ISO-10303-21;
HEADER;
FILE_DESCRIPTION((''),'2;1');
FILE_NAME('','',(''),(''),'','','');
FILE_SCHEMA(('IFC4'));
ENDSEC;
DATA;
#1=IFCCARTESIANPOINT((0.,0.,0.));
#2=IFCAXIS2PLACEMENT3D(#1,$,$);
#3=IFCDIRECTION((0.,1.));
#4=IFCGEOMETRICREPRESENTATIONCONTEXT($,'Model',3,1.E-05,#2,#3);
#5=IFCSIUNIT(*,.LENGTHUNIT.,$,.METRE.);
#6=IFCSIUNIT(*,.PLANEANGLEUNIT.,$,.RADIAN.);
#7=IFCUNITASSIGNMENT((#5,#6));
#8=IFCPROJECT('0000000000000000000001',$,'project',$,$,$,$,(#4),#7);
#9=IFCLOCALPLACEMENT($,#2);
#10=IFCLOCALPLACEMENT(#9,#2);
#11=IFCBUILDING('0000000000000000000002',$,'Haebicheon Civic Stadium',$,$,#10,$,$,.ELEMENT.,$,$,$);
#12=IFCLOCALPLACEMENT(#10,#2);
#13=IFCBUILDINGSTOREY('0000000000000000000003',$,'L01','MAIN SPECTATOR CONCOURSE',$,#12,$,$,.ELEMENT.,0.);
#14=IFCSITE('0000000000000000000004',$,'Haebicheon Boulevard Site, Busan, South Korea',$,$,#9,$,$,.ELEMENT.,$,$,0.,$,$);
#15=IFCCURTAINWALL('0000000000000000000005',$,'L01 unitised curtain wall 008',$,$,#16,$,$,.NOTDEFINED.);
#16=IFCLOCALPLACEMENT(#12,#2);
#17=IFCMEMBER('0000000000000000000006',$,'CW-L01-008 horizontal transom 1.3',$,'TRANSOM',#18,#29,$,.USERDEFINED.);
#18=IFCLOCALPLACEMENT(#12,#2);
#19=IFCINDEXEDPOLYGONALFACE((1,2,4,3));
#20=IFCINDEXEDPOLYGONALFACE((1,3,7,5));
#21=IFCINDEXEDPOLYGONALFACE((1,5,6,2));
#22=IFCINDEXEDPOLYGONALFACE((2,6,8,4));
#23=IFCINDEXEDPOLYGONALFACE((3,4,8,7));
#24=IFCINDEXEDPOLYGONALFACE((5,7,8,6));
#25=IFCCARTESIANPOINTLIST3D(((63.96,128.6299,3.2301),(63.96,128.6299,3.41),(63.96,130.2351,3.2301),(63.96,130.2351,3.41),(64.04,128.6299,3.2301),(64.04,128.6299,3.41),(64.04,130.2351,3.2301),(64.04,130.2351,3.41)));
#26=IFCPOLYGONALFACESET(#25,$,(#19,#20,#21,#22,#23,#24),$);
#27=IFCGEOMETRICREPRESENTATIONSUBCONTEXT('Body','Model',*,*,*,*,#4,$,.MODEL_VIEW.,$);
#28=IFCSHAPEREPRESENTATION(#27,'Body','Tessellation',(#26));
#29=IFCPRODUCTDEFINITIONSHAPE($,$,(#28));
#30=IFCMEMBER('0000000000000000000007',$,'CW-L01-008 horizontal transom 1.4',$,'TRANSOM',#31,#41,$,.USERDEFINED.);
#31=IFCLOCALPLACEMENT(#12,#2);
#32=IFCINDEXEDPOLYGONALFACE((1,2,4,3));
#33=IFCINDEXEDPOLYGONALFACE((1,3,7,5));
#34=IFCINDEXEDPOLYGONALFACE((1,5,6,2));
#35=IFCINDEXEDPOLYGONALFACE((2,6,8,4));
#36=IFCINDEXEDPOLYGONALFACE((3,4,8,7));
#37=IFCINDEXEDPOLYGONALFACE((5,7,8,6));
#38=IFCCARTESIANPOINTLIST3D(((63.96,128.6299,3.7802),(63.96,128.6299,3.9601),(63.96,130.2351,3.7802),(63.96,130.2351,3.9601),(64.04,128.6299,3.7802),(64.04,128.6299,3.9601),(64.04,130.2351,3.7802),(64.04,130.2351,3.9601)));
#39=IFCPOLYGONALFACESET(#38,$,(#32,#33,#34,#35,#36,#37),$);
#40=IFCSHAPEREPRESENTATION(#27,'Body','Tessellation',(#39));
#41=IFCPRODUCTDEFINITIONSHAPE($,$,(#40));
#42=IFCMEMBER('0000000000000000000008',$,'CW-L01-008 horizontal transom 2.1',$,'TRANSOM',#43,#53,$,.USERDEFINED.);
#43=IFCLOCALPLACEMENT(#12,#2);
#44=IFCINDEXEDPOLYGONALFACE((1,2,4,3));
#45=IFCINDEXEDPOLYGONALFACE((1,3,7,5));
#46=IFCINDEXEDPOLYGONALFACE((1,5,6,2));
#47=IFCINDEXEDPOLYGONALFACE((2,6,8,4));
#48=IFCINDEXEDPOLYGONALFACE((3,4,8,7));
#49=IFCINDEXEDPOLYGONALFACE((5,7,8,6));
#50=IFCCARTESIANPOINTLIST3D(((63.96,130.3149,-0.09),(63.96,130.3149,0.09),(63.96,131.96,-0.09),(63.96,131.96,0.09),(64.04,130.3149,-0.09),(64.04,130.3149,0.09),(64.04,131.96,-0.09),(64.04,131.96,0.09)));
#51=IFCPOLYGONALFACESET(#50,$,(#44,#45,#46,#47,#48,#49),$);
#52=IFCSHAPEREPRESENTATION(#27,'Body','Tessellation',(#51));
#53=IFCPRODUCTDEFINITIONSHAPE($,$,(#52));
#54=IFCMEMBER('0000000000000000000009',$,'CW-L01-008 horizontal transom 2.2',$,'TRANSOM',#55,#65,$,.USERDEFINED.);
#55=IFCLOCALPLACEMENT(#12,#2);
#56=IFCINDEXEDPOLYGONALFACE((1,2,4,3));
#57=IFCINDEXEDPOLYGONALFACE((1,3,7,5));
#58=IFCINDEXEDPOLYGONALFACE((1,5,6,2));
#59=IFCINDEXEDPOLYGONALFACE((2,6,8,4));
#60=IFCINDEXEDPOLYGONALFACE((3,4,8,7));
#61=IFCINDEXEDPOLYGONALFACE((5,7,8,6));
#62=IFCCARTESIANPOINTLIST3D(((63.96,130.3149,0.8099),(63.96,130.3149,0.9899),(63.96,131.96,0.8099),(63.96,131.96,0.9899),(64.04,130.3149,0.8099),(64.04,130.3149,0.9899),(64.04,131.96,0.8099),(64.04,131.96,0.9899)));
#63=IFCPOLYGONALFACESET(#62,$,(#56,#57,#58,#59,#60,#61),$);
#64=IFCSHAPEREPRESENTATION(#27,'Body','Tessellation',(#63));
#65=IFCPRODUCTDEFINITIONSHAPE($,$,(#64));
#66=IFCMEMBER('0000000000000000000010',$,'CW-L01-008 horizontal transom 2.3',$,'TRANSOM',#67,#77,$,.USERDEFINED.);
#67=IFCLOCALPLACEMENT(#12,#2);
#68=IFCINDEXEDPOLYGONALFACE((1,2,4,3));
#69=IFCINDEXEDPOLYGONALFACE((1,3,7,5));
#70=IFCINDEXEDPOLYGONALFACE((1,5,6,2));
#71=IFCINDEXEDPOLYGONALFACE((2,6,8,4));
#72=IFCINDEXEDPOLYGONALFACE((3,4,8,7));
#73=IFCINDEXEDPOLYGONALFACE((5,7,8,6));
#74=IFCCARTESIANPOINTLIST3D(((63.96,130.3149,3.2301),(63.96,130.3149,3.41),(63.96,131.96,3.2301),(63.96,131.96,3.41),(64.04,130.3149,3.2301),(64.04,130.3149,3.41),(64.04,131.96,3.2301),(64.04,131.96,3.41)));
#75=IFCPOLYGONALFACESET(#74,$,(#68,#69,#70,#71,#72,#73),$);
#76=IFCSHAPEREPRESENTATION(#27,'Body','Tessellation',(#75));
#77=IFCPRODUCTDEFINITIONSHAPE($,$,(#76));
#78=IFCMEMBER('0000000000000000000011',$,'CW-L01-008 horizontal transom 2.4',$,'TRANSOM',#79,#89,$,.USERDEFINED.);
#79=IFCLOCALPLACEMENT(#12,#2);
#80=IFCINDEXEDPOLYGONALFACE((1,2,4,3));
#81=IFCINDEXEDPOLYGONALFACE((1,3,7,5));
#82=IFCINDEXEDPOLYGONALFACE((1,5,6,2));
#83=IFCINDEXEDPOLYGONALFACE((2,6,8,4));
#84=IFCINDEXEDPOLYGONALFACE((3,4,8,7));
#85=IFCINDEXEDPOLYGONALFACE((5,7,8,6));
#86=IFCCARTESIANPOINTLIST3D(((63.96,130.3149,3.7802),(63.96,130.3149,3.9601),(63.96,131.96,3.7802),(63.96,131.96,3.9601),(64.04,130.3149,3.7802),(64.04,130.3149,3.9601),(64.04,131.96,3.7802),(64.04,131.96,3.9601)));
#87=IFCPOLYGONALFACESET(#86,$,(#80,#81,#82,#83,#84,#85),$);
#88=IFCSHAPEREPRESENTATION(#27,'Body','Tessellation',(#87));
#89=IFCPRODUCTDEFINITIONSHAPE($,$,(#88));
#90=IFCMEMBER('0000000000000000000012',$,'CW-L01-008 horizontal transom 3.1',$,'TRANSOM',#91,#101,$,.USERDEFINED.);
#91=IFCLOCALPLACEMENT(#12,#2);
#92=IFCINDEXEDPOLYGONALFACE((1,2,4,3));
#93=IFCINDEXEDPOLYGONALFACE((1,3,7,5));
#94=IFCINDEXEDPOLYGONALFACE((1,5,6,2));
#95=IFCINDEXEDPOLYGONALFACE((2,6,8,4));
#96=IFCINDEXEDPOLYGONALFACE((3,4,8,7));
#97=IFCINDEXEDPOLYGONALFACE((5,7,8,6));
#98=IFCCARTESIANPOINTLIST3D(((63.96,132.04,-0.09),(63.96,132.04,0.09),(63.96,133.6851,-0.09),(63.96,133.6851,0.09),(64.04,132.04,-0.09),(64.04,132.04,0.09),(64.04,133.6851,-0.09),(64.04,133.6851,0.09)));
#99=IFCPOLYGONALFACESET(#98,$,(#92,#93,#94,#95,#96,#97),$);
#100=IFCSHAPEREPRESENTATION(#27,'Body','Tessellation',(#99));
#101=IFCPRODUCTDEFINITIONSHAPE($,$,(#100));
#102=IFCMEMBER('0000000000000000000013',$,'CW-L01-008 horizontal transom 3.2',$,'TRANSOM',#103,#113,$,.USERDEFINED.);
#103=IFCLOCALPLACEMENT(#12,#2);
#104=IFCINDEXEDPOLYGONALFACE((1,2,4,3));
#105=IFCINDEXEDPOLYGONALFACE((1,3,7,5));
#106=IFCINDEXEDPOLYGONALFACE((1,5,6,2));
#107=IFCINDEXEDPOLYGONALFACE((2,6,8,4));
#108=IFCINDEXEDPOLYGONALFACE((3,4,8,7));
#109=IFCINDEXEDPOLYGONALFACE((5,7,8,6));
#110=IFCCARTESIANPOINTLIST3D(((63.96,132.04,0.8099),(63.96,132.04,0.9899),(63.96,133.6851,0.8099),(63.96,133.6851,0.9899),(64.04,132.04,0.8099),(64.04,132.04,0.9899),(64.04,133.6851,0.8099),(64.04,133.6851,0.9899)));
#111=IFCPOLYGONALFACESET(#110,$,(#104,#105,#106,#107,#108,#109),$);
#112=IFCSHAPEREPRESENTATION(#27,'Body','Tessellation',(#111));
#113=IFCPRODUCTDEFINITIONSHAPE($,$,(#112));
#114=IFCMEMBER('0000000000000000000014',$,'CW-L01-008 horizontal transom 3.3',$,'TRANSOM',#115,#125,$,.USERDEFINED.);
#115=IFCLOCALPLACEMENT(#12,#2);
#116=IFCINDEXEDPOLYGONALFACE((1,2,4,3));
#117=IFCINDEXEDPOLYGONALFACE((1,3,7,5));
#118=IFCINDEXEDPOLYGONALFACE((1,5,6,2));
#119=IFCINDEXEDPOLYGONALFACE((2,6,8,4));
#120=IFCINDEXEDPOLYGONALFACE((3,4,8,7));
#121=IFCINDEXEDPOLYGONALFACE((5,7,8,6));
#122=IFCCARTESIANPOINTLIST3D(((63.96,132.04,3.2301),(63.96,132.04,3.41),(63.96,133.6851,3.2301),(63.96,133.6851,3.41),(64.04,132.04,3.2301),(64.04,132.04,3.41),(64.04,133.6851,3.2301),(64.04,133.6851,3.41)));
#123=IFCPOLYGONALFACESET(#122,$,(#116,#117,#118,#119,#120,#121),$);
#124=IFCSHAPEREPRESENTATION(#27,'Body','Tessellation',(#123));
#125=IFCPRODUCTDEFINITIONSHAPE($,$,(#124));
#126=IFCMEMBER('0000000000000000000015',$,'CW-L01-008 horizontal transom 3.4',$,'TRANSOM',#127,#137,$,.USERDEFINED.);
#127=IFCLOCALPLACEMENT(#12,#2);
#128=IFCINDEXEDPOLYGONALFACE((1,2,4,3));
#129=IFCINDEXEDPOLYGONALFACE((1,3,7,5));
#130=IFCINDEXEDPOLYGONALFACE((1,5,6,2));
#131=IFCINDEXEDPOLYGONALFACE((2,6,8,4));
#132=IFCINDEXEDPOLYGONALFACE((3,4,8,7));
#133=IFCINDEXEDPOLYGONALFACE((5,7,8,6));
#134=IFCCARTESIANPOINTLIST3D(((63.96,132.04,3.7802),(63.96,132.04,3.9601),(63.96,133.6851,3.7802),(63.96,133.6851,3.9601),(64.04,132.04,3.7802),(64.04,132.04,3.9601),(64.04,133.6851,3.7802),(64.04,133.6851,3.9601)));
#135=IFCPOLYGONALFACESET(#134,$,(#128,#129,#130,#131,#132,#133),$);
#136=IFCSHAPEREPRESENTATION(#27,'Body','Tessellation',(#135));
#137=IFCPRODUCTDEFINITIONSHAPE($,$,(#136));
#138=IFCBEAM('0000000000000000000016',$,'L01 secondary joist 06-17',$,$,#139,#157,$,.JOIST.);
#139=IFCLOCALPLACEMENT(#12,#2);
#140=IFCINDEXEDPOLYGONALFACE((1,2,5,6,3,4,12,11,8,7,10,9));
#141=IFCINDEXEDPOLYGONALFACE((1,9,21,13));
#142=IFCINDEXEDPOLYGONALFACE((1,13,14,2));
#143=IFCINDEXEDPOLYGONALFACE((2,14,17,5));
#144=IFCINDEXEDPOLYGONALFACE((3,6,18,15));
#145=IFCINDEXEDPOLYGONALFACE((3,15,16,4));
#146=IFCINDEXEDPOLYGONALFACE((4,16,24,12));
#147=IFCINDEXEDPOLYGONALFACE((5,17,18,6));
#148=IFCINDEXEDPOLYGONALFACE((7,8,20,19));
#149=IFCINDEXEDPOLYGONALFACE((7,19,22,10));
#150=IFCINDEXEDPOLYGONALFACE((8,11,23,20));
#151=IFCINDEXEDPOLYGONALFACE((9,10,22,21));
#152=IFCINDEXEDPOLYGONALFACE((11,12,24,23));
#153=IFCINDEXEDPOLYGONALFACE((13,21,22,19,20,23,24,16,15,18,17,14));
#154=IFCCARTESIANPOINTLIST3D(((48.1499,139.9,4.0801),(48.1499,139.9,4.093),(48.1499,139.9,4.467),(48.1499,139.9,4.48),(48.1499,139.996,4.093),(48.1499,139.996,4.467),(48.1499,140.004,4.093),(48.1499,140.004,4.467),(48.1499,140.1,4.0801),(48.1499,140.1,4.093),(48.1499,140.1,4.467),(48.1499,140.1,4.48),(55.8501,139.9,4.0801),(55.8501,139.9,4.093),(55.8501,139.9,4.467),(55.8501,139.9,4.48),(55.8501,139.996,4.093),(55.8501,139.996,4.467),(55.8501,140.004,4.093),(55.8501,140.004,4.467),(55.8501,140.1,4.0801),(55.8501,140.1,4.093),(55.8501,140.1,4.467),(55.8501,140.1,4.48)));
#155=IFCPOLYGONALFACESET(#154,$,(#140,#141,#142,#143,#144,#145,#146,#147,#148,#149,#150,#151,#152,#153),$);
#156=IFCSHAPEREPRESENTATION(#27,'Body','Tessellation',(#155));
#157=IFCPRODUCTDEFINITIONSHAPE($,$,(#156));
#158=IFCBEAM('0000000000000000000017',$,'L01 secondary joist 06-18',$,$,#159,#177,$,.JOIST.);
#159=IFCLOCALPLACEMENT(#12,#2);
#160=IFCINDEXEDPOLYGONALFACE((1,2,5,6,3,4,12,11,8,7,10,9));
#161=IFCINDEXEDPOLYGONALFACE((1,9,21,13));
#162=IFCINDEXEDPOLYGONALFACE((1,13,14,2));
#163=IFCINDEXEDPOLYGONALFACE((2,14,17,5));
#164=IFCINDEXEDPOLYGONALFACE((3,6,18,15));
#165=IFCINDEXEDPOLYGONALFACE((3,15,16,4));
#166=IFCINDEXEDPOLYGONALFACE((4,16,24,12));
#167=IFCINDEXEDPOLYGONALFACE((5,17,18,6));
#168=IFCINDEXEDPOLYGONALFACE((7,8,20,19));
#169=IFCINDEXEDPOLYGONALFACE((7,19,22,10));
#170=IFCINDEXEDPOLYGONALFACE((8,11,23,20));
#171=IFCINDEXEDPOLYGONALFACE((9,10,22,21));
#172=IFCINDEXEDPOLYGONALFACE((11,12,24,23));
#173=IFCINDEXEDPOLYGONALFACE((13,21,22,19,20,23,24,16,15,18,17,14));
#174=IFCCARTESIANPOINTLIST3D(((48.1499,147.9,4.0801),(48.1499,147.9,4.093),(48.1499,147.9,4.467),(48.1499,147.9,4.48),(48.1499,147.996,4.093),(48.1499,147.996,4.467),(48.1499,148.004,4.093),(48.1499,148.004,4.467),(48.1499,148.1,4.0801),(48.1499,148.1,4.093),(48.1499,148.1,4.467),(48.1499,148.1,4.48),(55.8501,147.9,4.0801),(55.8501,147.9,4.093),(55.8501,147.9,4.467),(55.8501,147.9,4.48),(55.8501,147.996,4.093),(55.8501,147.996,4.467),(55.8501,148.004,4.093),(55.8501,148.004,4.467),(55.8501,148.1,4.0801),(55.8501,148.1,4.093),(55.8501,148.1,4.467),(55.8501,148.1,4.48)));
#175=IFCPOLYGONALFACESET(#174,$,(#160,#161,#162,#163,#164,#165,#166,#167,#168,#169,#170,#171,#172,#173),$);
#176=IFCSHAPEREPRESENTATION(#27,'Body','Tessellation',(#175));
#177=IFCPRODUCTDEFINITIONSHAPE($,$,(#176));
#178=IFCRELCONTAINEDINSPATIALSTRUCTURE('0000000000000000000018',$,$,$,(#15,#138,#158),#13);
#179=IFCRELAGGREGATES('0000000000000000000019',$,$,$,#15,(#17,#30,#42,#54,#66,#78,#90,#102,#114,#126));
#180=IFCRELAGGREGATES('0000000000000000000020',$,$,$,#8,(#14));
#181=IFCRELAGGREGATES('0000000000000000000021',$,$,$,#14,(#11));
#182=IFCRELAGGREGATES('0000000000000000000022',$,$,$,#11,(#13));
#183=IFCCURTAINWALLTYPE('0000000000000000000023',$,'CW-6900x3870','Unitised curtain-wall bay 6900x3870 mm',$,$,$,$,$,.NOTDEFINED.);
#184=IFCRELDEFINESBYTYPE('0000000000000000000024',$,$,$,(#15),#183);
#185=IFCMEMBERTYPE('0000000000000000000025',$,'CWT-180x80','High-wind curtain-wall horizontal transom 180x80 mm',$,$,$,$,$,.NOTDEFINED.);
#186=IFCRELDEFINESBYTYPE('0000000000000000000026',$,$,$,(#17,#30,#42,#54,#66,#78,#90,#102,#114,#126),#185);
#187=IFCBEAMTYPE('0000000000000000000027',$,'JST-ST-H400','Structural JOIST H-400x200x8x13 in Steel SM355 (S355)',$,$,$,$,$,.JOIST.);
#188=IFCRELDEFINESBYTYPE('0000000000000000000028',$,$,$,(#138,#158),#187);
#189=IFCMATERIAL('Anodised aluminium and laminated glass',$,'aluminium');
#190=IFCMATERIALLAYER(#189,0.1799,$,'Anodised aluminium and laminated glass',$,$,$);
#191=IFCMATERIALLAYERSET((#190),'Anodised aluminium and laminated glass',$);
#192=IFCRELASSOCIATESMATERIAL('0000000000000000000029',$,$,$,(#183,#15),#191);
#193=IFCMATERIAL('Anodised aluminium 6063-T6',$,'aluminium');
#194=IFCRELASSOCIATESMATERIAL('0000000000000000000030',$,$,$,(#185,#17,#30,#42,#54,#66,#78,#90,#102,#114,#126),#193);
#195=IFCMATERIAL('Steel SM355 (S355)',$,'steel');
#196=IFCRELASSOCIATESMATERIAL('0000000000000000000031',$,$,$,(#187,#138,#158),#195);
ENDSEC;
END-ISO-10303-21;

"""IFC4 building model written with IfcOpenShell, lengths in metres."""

from ifc_helpers import new_model, si_unit, direction, frame, origin, origin_2d, place, context, subcontext, project, spatial, rectangle, i_section, extrude, material, layer, layer_set, material_profile, profile_set, type_object, element, aggregate, save


model = new_model("IFC4")

# Units and contexts
model_context = context("Model", 3, precision=1e-05, world=origin(), true_north=direction((0.0, 1.0)))
body_context = subcontext(model_context, "Body", "Model", "MODEL_VIEW")
ifc_project = project(units=[si_unit("LENGTHUNIT", "METRE"), si_unit("PLANEANGLEUNIT", "RADIAN")], contexts=[model_context])

# Site, building, storey
site_placement = place(None, origin())
site = spatial("IfcSite", under=ifc_project, at=site_placement, Name="Haebicheon Boulevard Site, Busan, South Korea", CompositionType="ELEMENT", RefElevation=0.0)
building_placement = place(site_placement, origin())
building = spatial("IfcBuilding", under=site, at=building_placement, Name="Haebicheon Civic Stadium", CompositionType="ELEMENT")
storey_placement = place(building_placement, origin())
storey = spatial("IfcBuildingStorey", under=building, at=storey_placement, Name="L01", Description="MAIN SPECTATOR CONCOURSE", CompositionType="ELEMENT", Elevation=0.0)

# Curtain wall, members
ifc_material_1 = material(Name="Anodised aluminium and laminated glass", Category="aluminium")
ifc_layer_1 = layer(ifc_material_1, 0.1799, Name="Anodised aluminium and laminated glass")
ifc_layer_set_1 = layer_set([ifc_layer_1], Name="Anodised aluminium and laminated glass")
curtain_wall_type = type_object("IfcCurtainWallType", Name="CW-6900x3870", Description="Unitised curtain-wall bay 6900x3870 mm", PredefinedType="NOTDEFINED", material=ifc_layer_set_1)
curtain_wall_placement = place(storey_placement, origin())
curtain_wall = element("IfcCurtainWall", 1, at=curtain_wall_placement, inside=storey, type_object=curtain_wall_type, material=ifc_layer_set_1, Name="L01 unitised curtain wall 008", PredefinedType="NOTDEFINED")
ifc_material_2 = material(Name="Anodised aluminium 6063-T6", Category="aluminium")
ifc_material_profile_1 = material_profile(ifc_material_2, rectangle(XDim=0.0801, YDim=0.1799, at=origin_2d()), Name="ALU-TRAN-80x180")
ifc_profile_set_1 = profile_set([ifc_material_profile_1], Name="Anodised aluminium 6063-T6")
member_type_1 = type_object("IfcMemberType", Name="CWT-180x80", Description="High-wind curtain-wall horizontal transom 180x80 mm", PredefinedType="NOTDEFINED", material=ifc_profile_set_1)
member_1_placement = place(storey_placement, frame((64.0, 128.6299, 3.3201), z_axis=(0.0, 1.0, 0.0), x_axis=(-1.0, 0.0, 0.0)))
member_1 = element("IfcMember", 2, at=member_1_placement, type_object=member_type_1, material=ifc_profile_set_1, Name="CW-L01-008 horizontal transom 1.3", ObjectType="TRANSOM", PredefinedType="USERDEFINED", context=body_context, shape_type="SweptSolid", body=[
    extrude(rectangle(XDim=0.0801, YDim=0.1799, at=origin_2d()), origin(), (0.0, 0.0, 1.0), 1.6052),
])
member_2_placement = place(storey_placement, frame((64.0, 128.6299, 3.8701), z_axis=(0.0, 1.0, 0.0), x_axis=(-1.0, 0.0, 0.0)))
member_2 = element("IfcMember", 3, at=member_2_placement, type_object=member_type_1, material=ifc_profile_set_1, Name="CW-L01-008 horizontal transom 1.4", ObjectType="TRANSOM", PredefinedType="USERDEFINED", context=body_context, shape_type="SweptSolid", body=[
    extrude(rectangle(XDim=0.0801, YDim=0.1799, at=origin_2d()), origin(), (0.0, 0.0, 1.0), 1.6052),
])
member_3_placement = place(storey_placement, frame((64.0, 130.3149, 0.0), z_axis=(0.0, 1.0, 0.0), x_axis=(-1.0, 0.0, 0.0)))
member_3 = element("IfcMember", 4, at=member_3_placement, type_object=member_type_1, material=ifc_profile_set_1, Name="CW-L01-008 horizontal transom 2.1", ObjectType="TRANSOM", PredefinedType="USERDEFINED", context=body_context, shape_type="SweptSolid", body=[
    extrude(rectangle(XDim=0.0801, YDim=0.1799, at=origin_2d()), origin(), (0.0, 0.0, 1.0), 1.645),
])
member_4_placement = place(storey_placement, frame((64.0, 130.3149, 0.8999), z_axis=(0.0, 1.0, 0.0), x_axis=(-1.0, 0.0, 0.0)))
member_4 = element("IfcMember", 5, at=member_4_placement, type_object=member_type_1, material=ifc_profile_set_1, Name="CW-L01-008 horizontal transom 2.2", ObjectType="TRANSOM", PredefinedType="USERDEFINED", context=body_context, shape_type="SweptSolid", body=[
    extrude(rectangle(XDim=0.0801, YDim=0.1799, at=origin_2d()), origin(), (0.0, 0.0, 1.0), 1.645),
])
member_5_placement = place(storey_placement, frame((64.0, 130.3149, 3.3201), z_axis=(0.0, 1.0, 0.0), x_axis=(-1.0, 0.0, 0.0)))
member_5 = element("IfcMember", 6, at=member_5_placement, type_object=member_type_1, material=ifc_profile_set_1, Name="CW-L01-008 horizontal transom 2.3", ObjectType="TRANSOM", PredefinedType="USERDEFINED", context=body_context, shape_type="SweptSolid", body=[
    extrude(rectangle(XDim=0.0801, YDim=0.1799, at=origin_2d()), origin(), (0.0, 0.0, 1.0), 1.645),
])
member_6_placement = place(storey_placement, frame((64.0, 130.3149, 3.8701), z_axis=(0.0, 1.0, 0.0), x_axis=(-1.0, 0.0, 0.0)))
member_6 = element("IfcMember", 7, at=member_6_placement, type_object=member_type_1, material=ifc_profile_set_1, Name="CW-L01-008 horizontal transom 2.4", ObjectType="TRANSOM", PredefinedType="USERDEFINED", context=body_context, shape_type="SweptSolid", body=[
    extrude(rectangle(XDim=0.0801, YDim=0.1799, at=origin_2d()), origin(), (0.0, 0.0, 1.0), 1.645),
])
member_7_placement = place(storey_placement, frame((64.0, 132.04, 0.0), z_axis=(0.0, 1.0, 0.0), x_axis=(-1.0, 0.0, 0.0)))
member_7 = element("IfcMember", 8, at=member_7_placement, type_object=member_type_1, material=ifc_profile_set_1, Name="CW-L01-008 horizontal transom 3.1", ObjectType="TRANSOM", PredefinedType="USERDEFINED", context=body_context, shape_type="SweptSolid", body=[
    extrude(rectangle(XDim=0.0801, YDim=0.1799, at=origin_2d()), origin(), (0.0, 0.0, 1.0), 1.645),
])
member_8_placement = place(storey_placement, frame((64.0, 132.04, 0.8999), z_axis=(0.0, 1.0, 0.0), x_axis=(-1.0, 0.0, 0.0)))
member_8 = element("IfcMember", 9, at=member_8_placement, type_object=member_type_1, material=ifc_profile_set_1, Name="CW-L01-008 horizontal transom 3.2", ObjectType="TRANSOM", PredefinedType="USERDEFINED", context=body_context, shape_type="SweptSolid", body=[
    extrude(rectangle(XDim=0.0801, YDim=0.1799, at=origin_2d()), origin(), (0.0, 0.0, 1.0), 1.645),
])
member_9_placement = place(storey_placement, frame((64.0, 132.04, 3.3201), z_axis=(0.0, 1.0, 0.0), x_axis=(-1.0, 0.0, 0.0)))
member_9 = element("IfcMember", 10, at=member_9_placement, type_object=member_type_1, material=ifc_profile_set_1, Name="CW-L01-008 horizontal transom 3.3", ObjectType="TRANSOM", PredefinedType="USERDEFINED", context=body_context, shape_type="SweptSolid", body=[
    extrude(rectangle(XDim=0.0801, YDim=0.1799, at=origin_2d()), origin(), (0.0, 0.0, 1.0), 1.645),
])
member_10_placement = place(storey_placement, frame((64.0, 132.04, 3.8701), z_axis=(0.0, 1.0, 0.0), x_axis=(-1.0, 0.0, 0.0)))
member_10 = element("IfcMember", 11, at=member_10_placement, type_object=member_type_1, material=ifc_profile_set_1, Name="CW-L01-008 horizontal transom 3.4", ObjectType="TRANSOM", PredefinedType="USERDEFINED", context=body_context, shape_type="SweptSolid", body=[
    extrude(rectangle(XDim=0.0801, YDim=0.1799, at=origin_2d()), origin(), (0.0, 0.0, 1.0), 1.645),
])

# Beams
ifc_material_3 = material(Name="Steel SM355 (S355)", Category="steel")
ifc_material_profile_2 = material_profile(ifc_material_3, i_section(OverallWidth=0.2, OverallDepth=0.3999, WebThickness=0.0081, FlangeThickness=0.0129, at=origin_2d()), Name="H-400x200x8x13")
ifc_profile_set_2 = profile_set([ifc_material_profile_2], Name="Steel SM355 (S355)")
beam_type_1 = type_object("IfcBeamType", Name="JST-ST-H400", Description="Structural JOIST H-400x200x8x13 in Steel SM355 (S355)", PredefinedType="JOIST", material=ifc_profile_set_2)
for number, where, z_axis, x_axis, name in (
    (12, (48.1499, 140.0, 4.28), (1.0, 0.0, 0.0), (0.0, 1.0, 0.0), "L01 secondary joist 06-17"),
    (13, (48.1499, 148.0, 4.28), (1.0, 0.0, 0.0), (0.0, 1.0, 0.0), "L01 secondary joist 06-18"),
):
    element("IfcBeam", number, at=place(storey_placement, frame(where, z_axis=z_axis, x_axis=x_axis)), inside=storey, type_object=beam_type_1, material=ifc_profile_set_2, Name=name, PredefinedType="JOIST", context=body_context, shape_type="SweptSolid", body=[
        extrude(i_section(OverallWidth=0.2, OverallDepth=0.3999, WebThickness=0.0081, FlangeThickness=0.0129, at=origin_2d()), origin(), (0.0, 0.0, 1.0), 7.7002),
    ])

aggregate(curtain_wall, [member_1, member_2, member_3, member_4, member_5, member_6, member_7, member_8, member_9, member_10])

save(model, "model.ifc")
